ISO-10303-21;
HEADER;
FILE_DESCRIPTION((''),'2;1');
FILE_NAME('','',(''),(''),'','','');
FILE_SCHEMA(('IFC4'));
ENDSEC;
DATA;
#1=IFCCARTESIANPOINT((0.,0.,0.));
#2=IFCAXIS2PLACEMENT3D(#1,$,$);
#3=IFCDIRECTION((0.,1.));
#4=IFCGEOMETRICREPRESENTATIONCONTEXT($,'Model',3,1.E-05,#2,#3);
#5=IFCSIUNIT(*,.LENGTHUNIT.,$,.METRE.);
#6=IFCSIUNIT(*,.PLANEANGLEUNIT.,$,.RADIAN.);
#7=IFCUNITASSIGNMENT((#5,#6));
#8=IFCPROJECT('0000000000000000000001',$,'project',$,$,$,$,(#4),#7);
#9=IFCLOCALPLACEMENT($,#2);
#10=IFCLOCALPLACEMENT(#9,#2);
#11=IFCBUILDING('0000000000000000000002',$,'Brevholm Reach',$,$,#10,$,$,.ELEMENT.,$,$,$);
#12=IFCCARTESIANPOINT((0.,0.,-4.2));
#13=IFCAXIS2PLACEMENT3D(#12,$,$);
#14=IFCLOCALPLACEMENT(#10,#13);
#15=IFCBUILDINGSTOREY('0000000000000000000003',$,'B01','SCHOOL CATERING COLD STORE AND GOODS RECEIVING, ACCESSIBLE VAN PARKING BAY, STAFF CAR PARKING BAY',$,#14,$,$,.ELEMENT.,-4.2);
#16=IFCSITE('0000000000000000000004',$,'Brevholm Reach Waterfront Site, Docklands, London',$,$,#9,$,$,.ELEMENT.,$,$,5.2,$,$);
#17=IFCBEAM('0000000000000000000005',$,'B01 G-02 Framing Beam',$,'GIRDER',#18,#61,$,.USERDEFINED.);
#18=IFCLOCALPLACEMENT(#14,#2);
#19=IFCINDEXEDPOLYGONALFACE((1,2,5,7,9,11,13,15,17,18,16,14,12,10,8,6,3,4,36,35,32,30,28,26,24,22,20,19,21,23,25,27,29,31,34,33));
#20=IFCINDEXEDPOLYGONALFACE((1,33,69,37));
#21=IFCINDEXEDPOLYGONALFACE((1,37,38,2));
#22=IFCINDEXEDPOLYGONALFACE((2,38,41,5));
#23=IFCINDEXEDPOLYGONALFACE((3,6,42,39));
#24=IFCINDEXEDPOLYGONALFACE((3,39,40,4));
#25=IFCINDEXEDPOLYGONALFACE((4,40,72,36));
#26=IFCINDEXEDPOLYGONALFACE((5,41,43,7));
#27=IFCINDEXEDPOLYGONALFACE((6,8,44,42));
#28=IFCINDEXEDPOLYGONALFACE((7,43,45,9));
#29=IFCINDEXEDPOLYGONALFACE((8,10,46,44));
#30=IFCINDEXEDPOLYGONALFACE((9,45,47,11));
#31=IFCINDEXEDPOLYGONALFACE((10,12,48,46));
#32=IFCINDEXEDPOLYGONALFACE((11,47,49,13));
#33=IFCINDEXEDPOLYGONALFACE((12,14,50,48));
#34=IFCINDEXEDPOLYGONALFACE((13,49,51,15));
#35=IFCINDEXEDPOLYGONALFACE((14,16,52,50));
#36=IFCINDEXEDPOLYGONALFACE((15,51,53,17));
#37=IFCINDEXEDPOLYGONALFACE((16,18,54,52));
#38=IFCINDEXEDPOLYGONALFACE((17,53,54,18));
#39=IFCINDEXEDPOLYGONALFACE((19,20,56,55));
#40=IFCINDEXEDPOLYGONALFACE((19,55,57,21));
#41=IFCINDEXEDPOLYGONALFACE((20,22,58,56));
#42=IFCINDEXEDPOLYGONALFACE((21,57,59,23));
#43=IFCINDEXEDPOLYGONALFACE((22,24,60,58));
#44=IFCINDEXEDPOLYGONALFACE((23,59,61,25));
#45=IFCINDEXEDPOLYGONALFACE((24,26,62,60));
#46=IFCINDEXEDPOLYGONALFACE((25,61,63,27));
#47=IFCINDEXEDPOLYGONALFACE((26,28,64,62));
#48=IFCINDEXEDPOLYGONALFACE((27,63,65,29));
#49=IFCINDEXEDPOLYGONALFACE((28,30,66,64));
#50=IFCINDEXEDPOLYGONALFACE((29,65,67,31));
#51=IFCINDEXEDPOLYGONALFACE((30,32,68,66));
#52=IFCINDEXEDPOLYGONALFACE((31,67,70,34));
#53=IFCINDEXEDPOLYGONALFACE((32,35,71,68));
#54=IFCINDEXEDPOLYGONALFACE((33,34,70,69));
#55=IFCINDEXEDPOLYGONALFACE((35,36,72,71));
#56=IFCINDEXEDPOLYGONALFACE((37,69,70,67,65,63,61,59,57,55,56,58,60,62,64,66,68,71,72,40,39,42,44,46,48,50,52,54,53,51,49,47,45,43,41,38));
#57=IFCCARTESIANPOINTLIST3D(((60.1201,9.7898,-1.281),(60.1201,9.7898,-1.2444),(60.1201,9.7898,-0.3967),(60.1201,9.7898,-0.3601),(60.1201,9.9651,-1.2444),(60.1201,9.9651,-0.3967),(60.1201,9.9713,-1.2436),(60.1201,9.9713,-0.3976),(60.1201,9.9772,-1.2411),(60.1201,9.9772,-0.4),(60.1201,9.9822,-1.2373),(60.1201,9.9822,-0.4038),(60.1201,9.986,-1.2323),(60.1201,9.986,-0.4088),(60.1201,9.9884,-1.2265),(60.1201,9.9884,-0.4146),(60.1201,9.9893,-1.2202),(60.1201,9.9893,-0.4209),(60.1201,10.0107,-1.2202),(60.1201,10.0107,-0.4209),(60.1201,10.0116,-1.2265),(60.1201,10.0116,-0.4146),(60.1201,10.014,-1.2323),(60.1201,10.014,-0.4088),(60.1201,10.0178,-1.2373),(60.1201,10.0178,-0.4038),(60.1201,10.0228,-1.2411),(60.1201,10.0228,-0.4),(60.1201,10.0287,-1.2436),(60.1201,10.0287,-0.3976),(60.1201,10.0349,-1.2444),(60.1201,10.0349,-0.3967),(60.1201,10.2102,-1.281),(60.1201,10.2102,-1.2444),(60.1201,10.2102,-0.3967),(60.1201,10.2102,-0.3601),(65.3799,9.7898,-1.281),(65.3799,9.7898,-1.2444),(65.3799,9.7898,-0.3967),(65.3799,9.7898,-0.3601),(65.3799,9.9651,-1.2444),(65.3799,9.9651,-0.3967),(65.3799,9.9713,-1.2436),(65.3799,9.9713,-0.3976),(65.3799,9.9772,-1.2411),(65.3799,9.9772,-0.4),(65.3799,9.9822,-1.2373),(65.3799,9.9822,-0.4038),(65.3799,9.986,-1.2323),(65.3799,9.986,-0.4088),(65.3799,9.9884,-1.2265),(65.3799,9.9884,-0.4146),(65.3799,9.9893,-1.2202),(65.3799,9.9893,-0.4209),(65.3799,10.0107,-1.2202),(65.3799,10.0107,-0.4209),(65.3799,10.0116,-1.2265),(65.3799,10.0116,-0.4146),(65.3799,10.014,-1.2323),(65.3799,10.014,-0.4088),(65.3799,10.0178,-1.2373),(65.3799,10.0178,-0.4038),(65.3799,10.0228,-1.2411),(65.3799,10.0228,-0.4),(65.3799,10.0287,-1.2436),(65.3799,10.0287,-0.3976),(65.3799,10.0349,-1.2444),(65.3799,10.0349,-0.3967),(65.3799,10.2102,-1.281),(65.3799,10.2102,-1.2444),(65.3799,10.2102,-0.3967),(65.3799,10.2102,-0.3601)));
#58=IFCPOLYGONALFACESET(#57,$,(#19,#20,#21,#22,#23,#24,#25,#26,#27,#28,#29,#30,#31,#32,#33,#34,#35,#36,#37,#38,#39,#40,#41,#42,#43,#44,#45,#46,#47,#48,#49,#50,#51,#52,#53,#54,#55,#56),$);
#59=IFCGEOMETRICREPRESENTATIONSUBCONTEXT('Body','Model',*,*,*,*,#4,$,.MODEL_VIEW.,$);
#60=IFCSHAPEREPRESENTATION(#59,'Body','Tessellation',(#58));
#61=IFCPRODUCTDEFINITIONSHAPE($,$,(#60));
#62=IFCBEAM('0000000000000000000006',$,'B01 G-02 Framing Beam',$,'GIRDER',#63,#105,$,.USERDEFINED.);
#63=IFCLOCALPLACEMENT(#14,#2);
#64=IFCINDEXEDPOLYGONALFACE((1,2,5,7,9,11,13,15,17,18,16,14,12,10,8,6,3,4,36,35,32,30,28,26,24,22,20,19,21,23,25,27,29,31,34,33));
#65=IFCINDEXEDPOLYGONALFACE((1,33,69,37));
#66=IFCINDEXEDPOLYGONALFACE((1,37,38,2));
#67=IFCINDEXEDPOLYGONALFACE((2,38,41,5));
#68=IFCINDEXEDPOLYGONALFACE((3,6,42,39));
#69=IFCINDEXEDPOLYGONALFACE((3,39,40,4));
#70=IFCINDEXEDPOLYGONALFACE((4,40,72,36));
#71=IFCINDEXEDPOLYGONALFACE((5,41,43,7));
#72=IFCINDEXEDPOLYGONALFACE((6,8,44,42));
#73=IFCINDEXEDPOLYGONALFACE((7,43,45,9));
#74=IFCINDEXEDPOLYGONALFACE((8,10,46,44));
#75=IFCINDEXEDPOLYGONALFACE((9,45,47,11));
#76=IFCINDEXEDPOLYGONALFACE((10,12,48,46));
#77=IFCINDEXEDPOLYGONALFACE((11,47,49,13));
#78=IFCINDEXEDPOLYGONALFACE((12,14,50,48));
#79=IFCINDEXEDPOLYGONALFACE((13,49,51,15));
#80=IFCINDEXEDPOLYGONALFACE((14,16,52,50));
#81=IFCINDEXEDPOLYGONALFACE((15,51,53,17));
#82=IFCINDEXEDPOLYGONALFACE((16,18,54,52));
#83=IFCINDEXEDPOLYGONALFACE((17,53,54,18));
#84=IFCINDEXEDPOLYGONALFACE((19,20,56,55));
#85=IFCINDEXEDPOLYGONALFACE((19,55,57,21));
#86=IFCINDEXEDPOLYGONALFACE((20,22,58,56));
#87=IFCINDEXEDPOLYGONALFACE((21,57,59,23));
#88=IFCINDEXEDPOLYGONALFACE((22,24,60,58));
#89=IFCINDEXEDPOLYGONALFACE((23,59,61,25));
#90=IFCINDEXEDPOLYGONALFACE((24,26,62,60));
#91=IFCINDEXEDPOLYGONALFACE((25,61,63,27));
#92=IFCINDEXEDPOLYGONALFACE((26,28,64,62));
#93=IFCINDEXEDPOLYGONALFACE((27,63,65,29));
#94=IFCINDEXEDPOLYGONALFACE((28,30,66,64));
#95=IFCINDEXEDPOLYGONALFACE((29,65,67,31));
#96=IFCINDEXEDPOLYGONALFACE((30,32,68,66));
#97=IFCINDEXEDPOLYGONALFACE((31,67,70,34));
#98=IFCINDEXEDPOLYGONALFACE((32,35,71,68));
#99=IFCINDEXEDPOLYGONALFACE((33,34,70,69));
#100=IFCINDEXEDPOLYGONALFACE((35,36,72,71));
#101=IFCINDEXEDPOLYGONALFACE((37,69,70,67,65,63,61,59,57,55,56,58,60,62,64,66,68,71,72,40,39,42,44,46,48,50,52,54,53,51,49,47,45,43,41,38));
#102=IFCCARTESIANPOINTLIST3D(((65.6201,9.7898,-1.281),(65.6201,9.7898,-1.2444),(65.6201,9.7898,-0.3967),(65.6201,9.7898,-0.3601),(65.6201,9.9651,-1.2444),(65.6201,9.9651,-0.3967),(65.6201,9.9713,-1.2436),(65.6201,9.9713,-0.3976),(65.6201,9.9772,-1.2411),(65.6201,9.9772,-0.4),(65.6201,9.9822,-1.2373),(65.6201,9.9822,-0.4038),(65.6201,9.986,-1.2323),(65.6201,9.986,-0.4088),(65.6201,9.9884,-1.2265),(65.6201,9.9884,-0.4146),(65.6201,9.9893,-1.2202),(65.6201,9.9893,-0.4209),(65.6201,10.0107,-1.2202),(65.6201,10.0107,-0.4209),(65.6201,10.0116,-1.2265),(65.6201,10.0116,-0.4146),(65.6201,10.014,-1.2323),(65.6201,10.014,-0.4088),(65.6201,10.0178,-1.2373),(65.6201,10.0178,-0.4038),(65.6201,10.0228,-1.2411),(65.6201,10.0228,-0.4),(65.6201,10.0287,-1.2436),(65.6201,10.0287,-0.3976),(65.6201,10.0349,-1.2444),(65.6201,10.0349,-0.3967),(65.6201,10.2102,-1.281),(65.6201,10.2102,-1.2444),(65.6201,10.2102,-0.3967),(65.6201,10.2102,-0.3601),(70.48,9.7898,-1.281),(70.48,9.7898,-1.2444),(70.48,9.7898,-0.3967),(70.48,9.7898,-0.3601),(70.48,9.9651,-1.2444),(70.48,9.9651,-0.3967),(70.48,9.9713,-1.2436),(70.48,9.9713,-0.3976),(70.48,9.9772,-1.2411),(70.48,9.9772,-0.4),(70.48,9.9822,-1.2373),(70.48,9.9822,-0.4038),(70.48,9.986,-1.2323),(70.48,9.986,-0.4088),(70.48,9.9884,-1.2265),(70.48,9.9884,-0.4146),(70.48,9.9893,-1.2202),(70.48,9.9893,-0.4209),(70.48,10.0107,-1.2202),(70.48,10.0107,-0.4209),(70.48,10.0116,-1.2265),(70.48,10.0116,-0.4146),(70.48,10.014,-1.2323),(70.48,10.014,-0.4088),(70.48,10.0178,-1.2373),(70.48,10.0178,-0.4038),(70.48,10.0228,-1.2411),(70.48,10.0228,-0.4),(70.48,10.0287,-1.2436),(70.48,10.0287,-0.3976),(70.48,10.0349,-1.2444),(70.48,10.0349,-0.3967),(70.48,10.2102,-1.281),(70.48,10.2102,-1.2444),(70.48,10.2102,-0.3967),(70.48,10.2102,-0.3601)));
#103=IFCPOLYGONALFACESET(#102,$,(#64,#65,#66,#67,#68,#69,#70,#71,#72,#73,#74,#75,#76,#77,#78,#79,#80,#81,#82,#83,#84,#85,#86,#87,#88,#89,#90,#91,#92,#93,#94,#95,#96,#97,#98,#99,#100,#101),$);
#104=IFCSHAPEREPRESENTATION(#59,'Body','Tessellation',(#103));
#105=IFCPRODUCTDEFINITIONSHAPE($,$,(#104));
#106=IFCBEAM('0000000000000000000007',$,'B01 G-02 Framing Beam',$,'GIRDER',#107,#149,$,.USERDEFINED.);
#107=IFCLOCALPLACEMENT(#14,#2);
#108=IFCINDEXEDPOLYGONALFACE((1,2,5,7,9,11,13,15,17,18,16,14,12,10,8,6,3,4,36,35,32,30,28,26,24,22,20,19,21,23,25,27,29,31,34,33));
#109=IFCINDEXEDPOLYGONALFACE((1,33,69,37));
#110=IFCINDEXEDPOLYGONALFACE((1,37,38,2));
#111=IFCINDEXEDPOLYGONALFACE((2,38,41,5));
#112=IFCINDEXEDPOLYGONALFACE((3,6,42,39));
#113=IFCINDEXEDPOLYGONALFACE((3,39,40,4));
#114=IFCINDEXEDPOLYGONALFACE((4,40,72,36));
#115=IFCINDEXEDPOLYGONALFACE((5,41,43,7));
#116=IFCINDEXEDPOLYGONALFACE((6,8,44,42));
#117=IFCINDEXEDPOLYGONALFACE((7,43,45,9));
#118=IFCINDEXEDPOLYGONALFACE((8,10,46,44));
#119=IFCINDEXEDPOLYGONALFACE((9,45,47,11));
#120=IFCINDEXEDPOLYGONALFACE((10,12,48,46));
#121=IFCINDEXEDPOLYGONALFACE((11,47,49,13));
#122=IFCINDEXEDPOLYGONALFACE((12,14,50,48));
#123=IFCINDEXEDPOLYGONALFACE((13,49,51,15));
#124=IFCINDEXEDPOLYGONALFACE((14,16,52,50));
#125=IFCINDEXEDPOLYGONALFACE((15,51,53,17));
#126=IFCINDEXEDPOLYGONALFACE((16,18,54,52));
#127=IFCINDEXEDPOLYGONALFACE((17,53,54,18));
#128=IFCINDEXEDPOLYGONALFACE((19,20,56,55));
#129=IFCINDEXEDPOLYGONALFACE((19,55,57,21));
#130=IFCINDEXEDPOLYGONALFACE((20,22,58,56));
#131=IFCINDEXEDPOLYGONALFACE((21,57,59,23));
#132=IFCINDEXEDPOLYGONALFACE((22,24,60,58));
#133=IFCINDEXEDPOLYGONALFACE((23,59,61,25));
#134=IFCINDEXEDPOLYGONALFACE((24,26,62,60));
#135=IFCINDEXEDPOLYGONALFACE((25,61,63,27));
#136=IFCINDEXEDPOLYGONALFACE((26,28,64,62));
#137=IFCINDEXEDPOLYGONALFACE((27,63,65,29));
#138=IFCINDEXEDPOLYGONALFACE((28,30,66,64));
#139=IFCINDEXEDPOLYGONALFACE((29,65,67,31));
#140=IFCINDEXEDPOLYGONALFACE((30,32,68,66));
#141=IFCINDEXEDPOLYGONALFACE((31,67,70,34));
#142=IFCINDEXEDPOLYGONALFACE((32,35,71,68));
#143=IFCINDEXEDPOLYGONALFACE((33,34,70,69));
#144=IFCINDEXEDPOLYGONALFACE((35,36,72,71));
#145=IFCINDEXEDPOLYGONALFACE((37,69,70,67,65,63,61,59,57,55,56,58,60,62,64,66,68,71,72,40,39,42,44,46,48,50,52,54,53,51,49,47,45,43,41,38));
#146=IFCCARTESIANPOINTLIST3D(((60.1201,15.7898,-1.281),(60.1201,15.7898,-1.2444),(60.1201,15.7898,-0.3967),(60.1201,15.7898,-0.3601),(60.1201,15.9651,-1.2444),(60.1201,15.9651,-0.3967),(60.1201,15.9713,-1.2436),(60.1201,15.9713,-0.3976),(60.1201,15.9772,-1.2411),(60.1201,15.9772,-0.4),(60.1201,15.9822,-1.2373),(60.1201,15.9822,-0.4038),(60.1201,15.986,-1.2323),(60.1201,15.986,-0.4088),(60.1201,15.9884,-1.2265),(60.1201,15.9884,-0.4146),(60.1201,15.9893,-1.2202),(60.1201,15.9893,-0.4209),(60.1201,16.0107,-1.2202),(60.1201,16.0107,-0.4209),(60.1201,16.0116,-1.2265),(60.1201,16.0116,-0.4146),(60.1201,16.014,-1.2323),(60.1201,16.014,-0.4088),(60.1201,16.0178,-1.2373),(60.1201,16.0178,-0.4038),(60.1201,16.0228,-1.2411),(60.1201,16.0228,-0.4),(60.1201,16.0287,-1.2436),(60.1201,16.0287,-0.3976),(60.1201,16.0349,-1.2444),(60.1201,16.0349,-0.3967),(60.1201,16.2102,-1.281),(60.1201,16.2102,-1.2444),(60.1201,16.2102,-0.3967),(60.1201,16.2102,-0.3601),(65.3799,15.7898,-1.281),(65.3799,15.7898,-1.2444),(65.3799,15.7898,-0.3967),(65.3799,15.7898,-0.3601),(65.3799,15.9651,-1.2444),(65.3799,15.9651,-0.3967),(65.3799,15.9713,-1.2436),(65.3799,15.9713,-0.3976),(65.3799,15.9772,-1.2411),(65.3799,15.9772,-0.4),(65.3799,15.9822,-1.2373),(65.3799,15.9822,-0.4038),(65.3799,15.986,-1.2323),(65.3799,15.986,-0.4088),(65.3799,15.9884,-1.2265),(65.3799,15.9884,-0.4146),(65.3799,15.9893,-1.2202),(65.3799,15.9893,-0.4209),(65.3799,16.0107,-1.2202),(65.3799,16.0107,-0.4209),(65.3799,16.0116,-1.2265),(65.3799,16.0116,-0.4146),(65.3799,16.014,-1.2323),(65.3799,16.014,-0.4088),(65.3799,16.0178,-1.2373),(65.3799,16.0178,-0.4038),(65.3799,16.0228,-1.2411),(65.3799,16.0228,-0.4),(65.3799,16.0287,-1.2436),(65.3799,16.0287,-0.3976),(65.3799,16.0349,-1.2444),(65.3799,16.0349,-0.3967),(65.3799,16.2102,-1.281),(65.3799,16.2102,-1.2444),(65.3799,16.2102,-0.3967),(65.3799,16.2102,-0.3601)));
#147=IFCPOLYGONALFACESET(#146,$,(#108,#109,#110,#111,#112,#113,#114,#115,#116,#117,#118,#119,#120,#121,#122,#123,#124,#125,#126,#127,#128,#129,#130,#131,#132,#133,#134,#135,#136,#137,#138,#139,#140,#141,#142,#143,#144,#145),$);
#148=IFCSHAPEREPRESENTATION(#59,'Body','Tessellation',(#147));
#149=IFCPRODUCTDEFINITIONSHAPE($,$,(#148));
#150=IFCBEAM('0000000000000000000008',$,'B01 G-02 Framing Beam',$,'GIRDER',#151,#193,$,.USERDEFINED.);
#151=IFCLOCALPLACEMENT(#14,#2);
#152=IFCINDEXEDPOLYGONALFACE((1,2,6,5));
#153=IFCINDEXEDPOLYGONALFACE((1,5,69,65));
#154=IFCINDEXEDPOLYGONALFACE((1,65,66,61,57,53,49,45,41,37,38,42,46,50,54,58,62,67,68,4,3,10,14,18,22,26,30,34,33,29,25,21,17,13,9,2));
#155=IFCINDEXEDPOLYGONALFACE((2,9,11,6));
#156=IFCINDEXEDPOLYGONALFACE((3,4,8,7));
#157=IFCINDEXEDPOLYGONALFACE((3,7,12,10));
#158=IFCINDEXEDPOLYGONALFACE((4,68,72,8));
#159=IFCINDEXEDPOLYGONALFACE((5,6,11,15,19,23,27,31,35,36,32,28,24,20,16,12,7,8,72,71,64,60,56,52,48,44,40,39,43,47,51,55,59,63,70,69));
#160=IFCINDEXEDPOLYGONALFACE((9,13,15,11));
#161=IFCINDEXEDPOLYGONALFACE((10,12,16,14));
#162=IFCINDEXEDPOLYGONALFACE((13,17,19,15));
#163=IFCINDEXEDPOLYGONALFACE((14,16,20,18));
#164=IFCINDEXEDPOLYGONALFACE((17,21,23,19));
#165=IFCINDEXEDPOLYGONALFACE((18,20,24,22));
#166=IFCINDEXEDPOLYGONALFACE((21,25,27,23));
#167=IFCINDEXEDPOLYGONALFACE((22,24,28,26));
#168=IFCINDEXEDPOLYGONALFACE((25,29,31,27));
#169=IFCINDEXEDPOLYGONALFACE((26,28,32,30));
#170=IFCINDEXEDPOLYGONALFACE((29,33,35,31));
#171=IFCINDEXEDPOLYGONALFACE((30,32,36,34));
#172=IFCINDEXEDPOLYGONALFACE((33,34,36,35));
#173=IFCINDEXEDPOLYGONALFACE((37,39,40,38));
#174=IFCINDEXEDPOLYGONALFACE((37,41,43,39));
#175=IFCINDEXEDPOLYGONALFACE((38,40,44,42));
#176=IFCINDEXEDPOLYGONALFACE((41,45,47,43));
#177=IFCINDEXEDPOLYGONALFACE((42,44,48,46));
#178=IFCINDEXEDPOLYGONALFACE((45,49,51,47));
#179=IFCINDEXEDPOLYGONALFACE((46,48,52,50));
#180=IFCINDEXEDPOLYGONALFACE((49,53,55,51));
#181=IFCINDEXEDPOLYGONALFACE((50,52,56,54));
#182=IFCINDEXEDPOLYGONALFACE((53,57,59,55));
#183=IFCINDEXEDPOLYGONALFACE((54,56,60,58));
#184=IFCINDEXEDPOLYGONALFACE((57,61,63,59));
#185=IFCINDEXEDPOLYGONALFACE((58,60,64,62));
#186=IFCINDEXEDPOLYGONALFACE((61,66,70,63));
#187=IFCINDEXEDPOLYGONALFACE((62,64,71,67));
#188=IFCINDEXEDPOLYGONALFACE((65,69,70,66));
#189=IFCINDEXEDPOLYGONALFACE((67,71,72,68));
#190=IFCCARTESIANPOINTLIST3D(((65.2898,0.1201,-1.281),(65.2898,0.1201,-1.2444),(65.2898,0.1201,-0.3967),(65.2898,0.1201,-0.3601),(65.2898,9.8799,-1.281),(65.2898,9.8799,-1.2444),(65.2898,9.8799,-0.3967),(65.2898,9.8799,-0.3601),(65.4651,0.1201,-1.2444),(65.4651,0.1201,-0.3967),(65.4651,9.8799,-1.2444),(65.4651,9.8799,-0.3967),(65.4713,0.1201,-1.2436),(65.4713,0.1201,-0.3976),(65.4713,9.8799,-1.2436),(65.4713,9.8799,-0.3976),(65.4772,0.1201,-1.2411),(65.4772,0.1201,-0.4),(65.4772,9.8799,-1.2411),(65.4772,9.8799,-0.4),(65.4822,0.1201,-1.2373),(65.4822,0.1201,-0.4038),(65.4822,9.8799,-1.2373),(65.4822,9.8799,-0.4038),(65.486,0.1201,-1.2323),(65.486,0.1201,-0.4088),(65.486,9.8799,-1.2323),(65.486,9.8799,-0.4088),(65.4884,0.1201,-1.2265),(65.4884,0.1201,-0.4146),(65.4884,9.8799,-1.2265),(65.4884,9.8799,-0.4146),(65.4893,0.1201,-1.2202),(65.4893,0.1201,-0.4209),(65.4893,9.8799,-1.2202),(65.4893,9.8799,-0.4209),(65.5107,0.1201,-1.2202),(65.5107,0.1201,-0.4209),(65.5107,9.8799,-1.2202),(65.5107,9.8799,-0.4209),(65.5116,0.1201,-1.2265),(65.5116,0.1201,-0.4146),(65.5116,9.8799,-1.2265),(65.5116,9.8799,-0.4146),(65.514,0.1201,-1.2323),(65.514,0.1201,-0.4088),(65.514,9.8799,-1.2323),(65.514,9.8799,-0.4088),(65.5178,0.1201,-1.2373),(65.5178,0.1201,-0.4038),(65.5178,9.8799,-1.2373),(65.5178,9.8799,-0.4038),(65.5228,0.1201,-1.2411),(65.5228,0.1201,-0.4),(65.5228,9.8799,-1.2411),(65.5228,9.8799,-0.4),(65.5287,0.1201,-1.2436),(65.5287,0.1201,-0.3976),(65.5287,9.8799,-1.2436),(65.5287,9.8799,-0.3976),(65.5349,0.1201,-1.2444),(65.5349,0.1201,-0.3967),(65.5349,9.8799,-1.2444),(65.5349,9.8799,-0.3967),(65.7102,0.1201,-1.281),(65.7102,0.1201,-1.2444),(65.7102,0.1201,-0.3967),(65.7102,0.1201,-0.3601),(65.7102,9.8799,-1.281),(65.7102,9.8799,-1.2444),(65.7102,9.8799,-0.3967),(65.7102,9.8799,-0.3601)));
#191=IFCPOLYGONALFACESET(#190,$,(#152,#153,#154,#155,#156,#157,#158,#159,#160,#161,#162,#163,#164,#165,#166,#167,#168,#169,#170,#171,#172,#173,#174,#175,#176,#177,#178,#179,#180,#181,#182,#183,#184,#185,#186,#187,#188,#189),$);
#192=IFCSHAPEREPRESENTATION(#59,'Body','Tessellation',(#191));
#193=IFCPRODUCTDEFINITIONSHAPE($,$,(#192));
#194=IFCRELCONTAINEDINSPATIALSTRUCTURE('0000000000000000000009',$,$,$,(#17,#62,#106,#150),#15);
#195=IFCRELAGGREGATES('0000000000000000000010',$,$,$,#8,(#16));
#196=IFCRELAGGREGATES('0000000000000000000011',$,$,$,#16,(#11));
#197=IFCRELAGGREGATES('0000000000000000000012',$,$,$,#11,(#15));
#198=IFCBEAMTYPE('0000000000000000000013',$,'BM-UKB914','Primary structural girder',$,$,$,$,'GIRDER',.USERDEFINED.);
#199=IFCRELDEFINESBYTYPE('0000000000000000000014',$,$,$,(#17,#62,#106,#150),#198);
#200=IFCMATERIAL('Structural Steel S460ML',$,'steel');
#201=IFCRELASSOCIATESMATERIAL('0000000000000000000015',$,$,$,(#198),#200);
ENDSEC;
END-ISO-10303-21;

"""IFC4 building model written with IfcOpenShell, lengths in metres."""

from ifc_helpers import new_model, si_unit, direction, frame, origin, origin_2d, place, context, subcontext, project, spatial, i_section, extrude, material, material_profile, profile_set, type_object, element, save


model = new_model("IFC4")

# Units and contexts
model_context = context("Model", 3, precision=1e-05, world=origin(), true_north=direction((0.0, 1.0)))
body_context = subcontext(model_context, "Body", "Model", "MODEL_VIEW")
ifc_project = project(units=[si_unit("LENGTHUNIT", "METRE"), si_unit("PLANEANGLEUNIT", "RADIAN")], contexts=[model_context])

# Site, building, storey
site_placement = place(None, origin())
site = spatial("IfcSite", under=ifc_project, at=site_placement, Name="Brevholm Reach Waterfront Site, Docklands, London", CompositionType="ELEMENT", RefElevation=5.2)
building_placement = place(site_placement, origin())
building = spatial("IfcBuilding", under=site, at=building_placement, Name="Brevholm Reach", CompositionType="ELEMENT")
storey_placement = place(building_placement, frame((0.0, 0.0, -4.2)))
storey = spatial("IfcBuildingStorey", under=building, at=storey_placement, Name="B01", Description="SCHOOL CATERING COLD STORE AND GOODS RECEIVING, ACCESSIBLE VAN PARKING BAY, STAFF CAR PARKING BAY", CompositionType="ELEMENT", Elevation=-4.2)

# Beams
ifc_material_1 = material(Name="Structural Steel S460ML", Category="steel")
ifc_material_profile_1 = material_profile(ifc_material_1, i_section(OverallWidth=0.4204, OverallDepth=0.9209, WebThickness=0.0215, FlangeThickness=0.0366, FilletRadius=0.0242, at=origin_2d()), Name="UKB 914x419x388")
ifc_profile_set_1 = profile_set([ifc_material_profile_1], Name="Structural Steel S460ML")
beam_type_1 = type_object("IfcBeamType", Name="BM-UKB914", Description="Primary structural girder", ElementType="GIRDER", PredefinedType="USERDEFINED", material=ifc_profile_set_1)
beam_1_placement = place(storey_placement, frame((60.1201, 10.0, -0.8206), z_axis=(1.0, 0.0, 0.0), x_axis=(0.0, 1.0, 0.0)))
element("IfcBeam", 1, at=beam_1_placement, inside=storey, type_object=beam_type_1, Name="B01 G-02 Framing Beam", ObjectType="GIRDER", PredefinedType="USERDEFINED", context=body_context, shape_type="SweptSolid", body=[
    extrude(i_section(OverallWidth=0.4204, OverallDepth=0.9209, WebThickness=0.0215, FlangeThickness=0.0366, FilletRadius=0.0242, at=origin_2d()), origin(), (0.0, 0.0, 1.0), 5.2598),
])
beam_2_placement = place(storey_placement, frame((65.6201, 10.0, -0.8206), z_axis=(1.0, 0.0, 0.0), x_axis=(0.0, 1.0, 0.0)))
element("IfcBeam", 2, at=beam_2_placement, inside=storey, type_object=beam_type_1, Name="B01 G-02 Framing Beam", ObjectType="GIRDER", PredefinedType="USERDEFINED", context=body_context, shape_type="SweptSolid", body=[
    extrude(i_section(OverallWidth=0.4204, OverallDepth=0.9209, WebThickness=0.0215, FlangeThickness=0.0366, FilletRadius=0.0242, at=origin_2d()), origin(), (0.0, 0.0, 1.0), 4.8599),
])
beam_3_placement = place(storey_placement, frame((60.1201, 16.0, -0.8206), z_axis=(1.0, 0.0, 0.0), x_axis=(0.0, 1.0, 0.0)))
element("IfcBeam", 3, at=beam_3_placement, inside=storey, type_object=beam_type_1, Name="B01 G-02 Framing Beam", ObjectType="GIRDER", PredefinedType="USERDEFINED", context=body_context, shape_type="SweptSolid", body=[
    extrude(i_section(OverallWidth=0.4204, OverallDepth=0.9209, WebThickness=0.0215, FlangeThickness=0.0366, FilletRadius=0.0242, at=origin_2d()), origin(), (0.0, 0.0, 1.0), 5.2598),
])
beam_4_placement = place(storey_placement, frame((65.5, 0.1201, -0.8206), z_axis=(0.0, 1.0, 0.0), x_axis=(-1.0, 0.0, 0.0)))
element("IfcBeam", 4, at=beam_4_placement, inside=storey, type_object=beam_type_1, Name="B01 G-02 Framing Beam", ObjectType="GIRDER", PredefinedType="USERDEFINED", context=body_context, shape_type="SweptSolid", body=[
    extrude(i_section(OverallWidth=0.4204, OverallDepth=0.9209, WebThickness=0.0215, FlangeThickness=0.0366, FilletRadius=0.0242, at=origin_2d()), origin(), (0.0, 0.0, 1.0), 9.7598),
])

save(model, "model.ifc")
